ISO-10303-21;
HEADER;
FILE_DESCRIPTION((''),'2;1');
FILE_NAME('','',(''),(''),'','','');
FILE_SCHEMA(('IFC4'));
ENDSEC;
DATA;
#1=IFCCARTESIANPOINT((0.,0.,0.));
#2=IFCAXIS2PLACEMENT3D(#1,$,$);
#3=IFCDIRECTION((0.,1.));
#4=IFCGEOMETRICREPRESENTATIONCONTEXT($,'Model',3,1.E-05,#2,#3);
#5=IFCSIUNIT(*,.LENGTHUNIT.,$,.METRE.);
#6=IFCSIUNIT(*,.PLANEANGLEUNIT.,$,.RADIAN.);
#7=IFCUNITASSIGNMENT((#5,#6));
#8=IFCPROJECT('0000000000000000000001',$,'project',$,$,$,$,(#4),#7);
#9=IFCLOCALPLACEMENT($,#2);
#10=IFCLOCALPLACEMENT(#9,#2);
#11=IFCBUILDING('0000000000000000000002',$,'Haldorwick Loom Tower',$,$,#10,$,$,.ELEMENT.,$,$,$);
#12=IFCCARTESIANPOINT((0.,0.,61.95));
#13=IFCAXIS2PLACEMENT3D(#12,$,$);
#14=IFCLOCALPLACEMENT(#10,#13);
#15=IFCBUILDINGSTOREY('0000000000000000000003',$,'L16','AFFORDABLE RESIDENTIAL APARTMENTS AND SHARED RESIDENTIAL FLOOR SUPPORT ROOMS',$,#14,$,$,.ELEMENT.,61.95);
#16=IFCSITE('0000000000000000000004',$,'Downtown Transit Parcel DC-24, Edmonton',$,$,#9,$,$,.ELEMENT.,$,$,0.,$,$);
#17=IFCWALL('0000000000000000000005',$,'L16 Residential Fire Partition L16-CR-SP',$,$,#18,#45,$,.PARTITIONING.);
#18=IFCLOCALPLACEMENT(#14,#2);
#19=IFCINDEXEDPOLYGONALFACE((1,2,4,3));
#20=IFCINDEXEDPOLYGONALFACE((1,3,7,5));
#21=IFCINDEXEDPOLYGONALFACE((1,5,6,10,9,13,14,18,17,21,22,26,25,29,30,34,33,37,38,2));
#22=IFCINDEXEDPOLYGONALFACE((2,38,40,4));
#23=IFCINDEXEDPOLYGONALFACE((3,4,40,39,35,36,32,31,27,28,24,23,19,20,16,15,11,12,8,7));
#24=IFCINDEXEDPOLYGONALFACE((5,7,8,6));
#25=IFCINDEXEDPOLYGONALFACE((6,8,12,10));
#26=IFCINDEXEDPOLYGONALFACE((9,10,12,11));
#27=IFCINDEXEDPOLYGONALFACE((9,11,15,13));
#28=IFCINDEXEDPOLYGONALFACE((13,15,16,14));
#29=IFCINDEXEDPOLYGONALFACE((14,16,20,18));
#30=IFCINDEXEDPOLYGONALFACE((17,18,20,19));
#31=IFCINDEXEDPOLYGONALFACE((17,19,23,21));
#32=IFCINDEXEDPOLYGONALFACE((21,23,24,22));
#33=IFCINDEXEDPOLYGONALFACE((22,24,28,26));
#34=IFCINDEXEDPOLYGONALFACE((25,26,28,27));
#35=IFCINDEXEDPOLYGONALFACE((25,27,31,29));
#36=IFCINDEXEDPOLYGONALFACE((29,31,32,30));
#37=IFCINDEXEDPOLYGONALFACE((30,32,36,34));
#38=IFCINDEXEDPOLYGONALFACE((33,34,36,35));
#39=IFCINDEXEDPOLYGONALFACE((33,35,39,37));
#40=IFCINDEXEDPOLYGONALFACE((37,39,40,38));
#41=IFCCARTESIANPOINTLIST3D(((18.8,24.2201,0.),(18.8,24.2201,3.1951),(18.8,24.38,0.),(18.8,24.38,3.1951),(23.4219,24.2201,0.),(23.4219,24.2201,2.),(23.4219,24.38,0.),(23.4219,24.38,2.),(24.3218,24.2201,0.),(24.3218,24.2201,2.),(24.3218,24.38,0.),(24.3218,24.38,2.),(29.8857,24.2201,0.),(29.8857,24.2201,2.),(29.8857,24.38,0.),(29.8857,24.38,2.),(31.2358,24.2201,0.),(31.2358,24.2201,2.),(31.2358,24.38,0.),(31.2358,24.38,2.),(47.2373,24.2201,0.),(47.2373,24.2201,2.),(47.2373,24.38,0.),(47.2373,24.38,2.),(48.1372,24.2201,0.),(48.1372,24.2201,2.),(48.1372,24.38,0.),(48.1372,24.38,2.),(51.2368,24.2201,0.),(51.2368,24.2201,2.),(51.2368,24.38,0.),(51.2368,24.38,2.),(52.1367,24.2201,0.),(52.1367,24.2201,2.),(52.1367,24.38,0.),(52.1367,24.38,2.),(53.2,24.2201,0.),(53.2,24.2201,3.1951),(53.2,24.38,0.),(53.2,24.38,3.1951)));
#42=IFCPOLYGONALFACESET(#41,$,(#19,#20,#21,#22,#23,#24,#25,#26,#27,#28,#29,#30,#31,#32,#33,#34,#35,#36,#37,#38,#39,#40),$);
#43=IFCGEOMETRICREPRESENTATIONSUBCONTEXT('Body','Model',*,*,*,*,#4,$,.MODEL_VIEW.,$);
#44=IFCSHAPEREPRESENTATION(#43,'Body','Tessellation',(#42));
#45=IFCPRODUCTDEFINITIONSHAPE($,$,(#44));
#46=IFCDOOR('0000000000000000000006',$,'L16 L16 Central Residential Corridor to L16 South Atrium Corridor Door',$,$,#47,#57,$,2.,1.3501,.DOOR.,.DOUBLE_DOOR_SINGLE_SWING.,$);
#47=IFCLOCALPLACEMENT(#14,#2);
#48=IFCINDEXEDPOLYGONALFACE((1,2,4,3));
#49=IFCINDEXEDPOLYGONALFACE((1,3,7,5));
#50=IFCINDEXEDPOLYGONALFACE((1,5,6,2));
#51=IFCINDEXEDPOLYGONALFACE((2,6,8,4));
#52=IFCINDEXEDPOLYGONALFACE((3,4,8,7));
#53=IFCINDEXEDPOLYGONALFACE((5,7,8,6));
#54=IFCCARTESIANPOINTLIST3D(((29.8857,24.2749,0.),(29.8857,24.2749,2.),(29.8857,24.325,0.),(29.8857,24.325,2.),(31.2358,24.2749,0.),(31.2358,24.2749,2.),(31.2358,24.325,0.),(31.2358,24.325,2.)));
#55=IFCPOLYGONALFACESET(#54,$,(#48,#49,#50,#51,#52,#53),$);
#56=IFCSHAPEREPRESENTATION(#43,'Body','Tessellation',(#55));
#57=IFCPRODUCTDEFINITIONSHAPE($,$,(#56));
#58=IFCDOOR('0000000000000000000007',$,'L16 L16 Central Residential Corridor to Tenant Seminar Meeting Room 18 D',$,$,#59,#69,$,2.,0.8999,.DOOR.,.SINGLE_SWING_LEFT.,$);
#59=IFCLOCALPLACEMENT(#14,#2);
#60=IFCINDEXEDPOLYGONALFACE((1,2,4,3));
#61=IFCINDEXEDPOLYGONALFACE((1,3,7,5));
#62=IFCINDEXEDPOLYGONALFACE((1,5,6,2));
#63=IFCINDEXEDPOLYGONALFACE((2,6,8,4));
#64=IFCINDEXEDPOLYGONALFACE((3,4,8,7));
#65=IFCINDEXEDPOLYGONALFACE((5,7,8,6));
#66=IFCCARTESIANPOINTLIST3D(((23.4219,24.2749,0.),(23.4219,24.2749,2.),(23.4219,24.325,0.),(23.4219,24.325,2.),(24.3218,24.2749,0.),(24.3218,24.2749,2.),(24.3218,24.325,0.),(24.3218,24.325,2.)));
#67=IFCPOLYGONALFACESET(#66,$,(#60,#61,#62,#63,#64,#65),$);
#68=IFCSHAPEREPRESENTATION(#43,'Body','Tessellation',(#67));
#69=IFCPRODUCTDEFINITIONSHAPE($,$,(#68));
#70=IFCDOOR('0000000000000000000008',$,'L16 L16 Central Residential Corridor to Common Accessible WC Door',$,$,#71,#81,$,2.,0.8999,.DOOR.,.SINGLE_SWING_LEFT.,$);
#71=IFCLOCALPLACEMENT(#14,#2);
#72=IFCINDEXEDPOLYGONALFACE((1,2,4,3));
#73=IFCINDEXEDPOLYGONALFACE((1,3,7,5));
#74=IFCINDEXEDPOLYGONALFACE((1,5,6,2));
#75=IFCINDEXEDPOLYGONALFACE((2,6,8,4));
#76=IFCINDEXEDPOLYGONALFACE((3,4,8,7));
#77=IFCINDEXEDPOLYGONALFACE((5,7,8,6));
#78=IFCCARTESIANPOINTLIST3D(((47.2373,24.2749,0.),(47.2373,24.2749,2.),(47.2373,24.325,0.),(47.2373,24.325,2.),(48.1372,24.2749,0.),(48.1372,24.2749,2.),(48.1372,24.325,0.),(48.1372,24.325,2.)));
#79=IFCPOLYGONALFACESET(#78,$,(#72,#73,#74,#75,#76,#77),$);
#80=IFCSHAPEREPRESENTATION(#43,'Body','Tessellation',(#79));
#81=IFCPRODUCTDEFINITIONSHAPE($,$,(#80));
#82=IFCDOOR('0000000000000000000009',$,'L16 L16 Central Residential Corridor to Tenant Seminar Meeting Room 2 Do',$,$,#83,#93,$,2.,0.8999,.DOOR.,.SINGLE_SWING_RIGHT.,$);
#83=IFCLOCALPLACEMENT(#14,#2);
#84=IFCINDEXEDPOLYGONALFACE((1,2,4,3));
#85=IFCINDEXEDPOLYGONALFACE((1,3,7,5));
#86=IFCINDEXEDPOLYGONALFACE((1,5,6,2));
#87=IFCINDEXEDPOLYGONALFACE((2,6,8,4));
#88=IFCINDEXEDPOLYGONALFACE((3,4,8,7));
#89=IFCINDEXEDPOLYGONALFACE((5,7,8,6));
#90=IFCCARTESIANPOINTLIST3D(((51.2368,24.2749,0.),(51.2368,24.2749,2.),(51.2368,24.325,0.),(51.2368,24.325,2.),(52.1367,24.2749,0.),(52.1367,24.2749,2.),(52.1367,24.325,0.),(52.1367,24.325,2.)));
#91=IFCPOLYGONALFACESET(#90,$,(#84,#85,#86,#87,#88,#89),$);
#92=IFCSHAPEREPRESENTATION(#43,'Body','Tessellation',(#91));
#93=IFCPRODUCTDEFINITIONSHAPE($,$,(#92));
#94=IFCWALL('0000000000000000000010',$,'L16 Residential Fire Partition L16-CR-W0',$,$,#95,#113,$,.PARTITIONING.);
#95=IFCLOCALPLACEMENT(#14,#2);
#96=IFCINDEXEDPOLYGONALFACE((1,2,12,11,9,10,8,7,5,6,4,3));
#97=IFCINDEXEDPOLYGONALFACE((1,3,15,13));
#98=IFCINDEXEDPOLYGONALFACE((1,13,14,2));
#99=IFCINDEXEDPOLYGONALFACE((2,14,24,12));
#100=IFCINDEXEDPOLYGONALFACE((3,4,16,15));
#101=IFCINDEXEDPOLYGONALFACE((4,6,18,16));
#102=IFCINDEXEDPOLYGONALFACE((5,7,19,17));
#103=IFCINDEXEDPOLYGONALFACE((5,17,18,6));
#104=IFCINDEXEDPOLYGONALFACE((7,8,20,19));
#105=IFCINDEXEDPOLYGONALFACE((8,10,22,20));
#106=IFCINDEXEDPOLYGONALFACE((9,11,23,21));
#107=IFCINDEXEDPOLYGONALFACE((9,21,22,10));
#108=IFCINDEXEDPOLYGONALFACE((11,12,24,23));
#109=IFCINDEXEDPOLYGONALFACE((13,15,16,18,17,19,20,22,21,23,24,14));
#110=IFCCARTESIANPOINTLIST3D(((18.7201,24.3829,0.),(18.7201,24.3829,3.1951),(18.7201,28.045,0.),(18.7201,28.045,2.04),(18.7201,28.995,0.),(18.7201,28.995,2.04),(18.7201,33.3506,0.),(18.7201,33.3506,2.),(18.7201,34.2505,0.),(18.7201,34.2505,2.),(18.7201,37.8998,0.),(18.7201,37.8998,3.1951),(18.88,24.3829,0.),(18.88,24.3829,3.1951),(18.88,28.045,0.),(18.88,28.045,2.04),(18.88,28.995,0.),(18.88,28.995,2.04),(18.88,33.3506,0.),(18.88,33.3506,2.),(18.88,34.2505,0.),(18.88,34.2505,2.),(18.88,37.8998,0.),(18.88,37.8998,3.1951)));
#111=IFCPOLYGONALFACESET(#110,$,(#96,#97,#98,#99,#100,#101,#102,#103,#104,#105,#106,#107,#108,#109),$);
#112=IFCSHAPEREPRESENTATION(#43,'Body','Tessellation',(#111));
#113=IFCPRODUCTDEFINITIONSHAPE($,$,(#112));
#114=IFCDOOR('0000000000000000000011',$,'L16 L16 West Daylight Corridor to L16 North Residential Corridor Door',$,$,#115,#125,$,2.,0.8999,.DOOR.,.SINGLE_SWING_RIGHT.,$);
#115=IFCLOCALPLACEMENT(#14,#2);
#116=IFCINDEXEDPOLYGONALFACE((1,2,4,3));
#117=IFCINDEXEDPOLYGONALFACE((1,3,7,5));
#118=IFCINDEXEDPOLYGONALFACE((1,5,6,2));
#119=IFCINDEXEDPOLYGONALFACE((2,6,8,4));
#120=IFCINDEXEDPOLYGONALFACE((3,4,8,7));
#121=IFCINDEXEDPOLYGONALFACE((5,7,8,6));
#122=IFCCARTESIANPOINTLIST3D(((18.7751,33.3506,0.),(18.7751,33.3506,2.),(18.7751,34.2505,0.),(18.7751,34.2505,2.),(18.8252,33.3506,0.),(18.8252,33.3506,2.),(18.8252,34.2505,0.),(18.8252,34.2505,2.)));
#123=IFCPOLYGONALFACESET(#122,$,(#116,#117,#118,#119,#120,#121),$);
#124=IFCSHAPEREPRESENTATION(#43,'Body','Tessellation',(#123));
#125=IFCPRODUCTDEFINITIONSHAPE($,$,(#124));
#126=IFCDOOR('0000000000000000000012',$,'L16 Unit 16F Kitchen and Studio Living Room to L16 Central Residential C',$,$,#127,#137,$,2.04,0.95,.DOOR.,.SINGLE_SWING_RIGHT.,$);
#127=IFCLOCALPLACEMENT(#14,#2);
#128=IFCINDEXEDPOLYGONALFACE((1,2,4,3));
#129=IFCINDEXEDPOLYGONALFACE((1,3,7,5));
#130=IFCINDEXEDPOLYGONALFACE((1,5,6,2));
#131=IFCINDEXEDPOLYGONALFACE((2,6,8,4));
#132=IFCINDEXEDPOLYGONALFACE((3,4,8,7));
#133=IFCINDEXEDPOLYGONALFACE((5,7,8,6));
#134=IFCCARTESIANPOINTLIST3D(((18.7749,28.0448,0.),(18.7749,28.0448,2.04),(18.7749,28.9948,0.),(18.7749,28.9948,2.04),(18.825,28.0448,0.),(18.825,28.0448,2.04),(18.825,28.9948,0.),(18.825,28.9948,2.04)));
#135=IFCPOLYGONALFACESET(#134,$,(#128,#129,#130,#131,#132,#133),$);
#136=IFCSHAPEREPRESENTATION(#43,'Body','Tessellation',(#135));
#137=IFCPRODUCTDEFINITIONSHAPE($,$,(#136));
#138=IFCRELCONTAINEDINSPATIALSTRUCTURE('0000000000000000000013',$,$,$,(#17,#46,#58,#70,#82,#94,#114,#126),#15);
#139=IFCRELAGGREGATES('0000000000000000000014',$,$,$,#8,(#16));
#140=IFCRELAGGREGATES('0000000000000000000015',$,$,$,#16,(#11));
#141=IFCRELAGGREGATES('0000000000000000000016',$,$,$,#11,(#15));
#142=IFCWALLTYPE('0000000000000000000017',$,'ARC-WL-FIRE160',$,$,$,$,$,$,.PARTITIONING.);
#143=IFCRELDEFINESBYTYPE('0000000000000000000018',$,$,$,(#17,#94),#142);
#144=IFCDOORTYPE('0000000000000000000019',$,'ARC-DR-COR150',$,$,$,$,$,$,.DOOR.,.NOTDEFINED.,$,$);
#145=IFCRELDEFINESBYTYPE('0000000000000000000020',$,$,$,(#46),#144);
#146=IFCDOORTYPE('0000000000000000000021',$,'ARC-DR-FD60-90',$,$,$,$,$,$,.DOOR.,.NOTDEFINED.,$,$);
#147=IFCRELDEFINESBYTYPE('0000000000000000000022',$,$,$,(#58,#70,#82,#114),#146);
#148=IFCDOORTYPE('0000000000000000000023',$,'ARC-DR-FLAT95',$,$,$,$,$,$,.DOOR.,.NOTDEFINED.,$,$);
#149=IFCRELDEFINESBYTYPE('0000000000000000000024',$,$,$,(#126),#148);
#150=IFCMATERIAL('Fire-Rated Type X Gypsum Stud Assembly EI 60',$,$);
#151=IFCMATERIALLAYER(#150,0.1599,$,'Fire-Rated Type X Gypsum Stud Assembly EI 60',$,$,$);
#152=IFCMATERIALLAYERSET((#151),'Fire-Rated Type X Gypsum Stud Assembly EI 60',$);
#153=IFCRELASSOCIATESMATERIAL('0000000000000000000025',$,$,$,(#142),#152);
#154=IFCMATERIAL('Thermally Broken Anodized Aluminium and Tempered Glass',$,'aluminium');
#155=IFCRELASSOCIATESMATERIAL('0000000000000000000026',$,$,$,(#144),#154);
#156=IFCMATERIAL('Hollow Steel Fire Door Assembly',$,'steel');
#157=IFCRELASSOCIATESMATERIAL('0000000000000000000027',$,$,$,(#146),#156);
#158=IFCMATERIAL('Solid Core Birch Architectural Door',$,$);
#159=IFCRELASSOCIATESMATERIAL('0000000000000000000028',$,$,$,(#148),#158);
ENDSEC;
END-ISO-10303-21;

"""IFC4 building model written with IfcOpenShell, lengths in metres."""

from ifc_helpers import new_model, si_unit, direction, frame, frame_2d, origin, place, context, subcontext, project, spatial, rectangle, extrude, material, layer, layer_set, type_object, element, fill, save


model = new_model("IFC4")

# Units and contexts
model_context = context("Model", 3, precision=1e-05, world=origin(), true_north=direction((0.0, 1.0)))
body_context = subcontext(model_context, "Body", "Model", "MODEL_VIEW")
ifc_project = project(units=[si_unit("LENGTHUNIT", "METRE"), si_unit("PLANEANGLEUNIT", "RADIAN")], contexts=[model_context])

# Site, building, storey
site_placement = place(None, origin())
site = spatial("IfcSite", under=ifc_project, at=site_placement, Name="Downtown Transit Parcel DC-24, Edmonton", CompositionType="ELEMENT", RefElevation=0.0)
building_placement = place(site_placement, origin())
building = spatial("IfcBuilding", under=site, at=building_placement, Name="Haldorwick Loom Tower", CompositionType="ELEMENT")
storey_placement = place(building_placement, frame((0.0, 0.0, 61.95)))
storey = spatial("IfcBuildingStorey", under=building, at=storey_placement, Name="L16", Description="AFFORDABLE RESIDENTIAL APARTMENTS AND SHARED RESIDENTIAL FLOOR SUPPORT ROOMS", CompositionType="ELEMENT", Elevation=61.95)

# Walls, openings, doors
ifc_material_1 = material(Name="Fire-Rated Type X Gypsum Stud Assembly EI 60")
ifc_layer_1 = layer(ifc_material_1, 0.1599, Name="Fire-Rated Type X Gypsum Stud Assembly EI 60")
ifc_layer_set_1 = layer_set([ifc_layer_1], Name="Fire-Rated Type X Gypsum Stud Assembly EI 60")
wall_type_1 = type_object("IfcWallType", Name="ARC-WL-FIRE160", PredefinedType="PARTITIONING", material=ifc_layer_set_1)
wall_1_placement = place(storey_placement, frame((18.8, 24.3, 0.0), z_axis=(0.0, 0.0, 1.0), x_axis=(1.0, 0.0, 0.0)))
wall_1 = element("IfcWall", 1, at=wall_1_placement, inside=storey, type_object=wall_type_1, Name="L16 Residential Fire Partition L16-CR-SP", PredefinedType="PARTITIONING", context=body_context, shape_type="SweptSolid", body=[
    extrude(rectangle(XDim=34.3999, YDim=0.1599, at=frame_2d((17.2, 0.0))), origin(), (0.0, 0.0, 1.0), 3.1951),
])
opening_1_placement = place(wall_1_placement, frame((11.0857, 0.0, 0.0)))
opening_1 = element("IfcOpeningElement", 2, at=opening_1_placement, cuts=wall_1, PredefinedType="OPENING", context=body_context, shape_type="SweptSolid", body=[
    extrude(rectangle(XDim=1.3501, YDim=2.0, at=frame_2d((0.675, 1.0))), frame((0.0, 0.0898, 0.0), z_axis=(0.0, -1.0, 0.0), x_axis=(1.0, 0.0, 0.0)), (0.0, 0.0, 1.0), 0.1799),
])
opening_2_placement = place(wall_1_placement, frame((4.6218, 0.0, 0.0)))
opening_2 = element("IfcOpeningElement", 3, at=opening_2_placement, cuts=wall_1, PredefinedType="OPENING", context=body_context, shape_type="SweptSolid", body=[
    extrude(rectangle(XDim=0.8999, YDim=2.0, at=frame_2d((0.45, 1.0))), frame((0.0, 0.0898, 0.0), z_axis=(0.0, -1.0, 0.0), x_axis=(1.0, 0.0, 0.0)), (0.0, 0.0, 1.0), 0.1799),
])
opening_3_placement = place(wall_1_placement, frame((28.4373, 0.0, 0.0)))
opening_3 = element("IfcOpeningElement", 4, at=opening_3_placement, cuts=wall_1, PredefinedType="OPENING", context=body_context, shape_type="SweptSolid", body=[
    extrude(rectangle(XDim=0.8999, YDim=2.0, at=frame_2d((0.45, 1.0))), frame((0.0, 0.0898, 0.0), z_axis=(0.0, -1.0, 0.0), x_axis=(1.0, 0.0, 0.0)), (0.0, 0.0, 1.0), 0.1799),
])
opening_4_placement = place(wall_1_placement, frame((32.4368, 0.0, 0.0)))
opening_4 = element("IfcOpeningElement", 5, at=opening_4_placement, cuts=wall_1, PredefinedType="OPENING", context=body_context, shape_type="SweptSolid", body=[
    extrude(rectangle(XDim=0.8999, YDim=2.0, at=frame_2d((0.45, 1.0))), frame((0.0, 0.0898, 0.0), z_axis=(0.0, -1.0, 0.0), x_axis=(1.0, 0.0, 0.0)), (0.0, 0.0, 1.0), 0.1799),
])
ifc_material_2 = material(Name="Thermally Broken Anodized Aluminium and Tempered Glass", Category="aluminium")
door_type_1 = type_object("IfcDoorType", Name="ARC-DR-COR150", OperationType="NOTDEFINED", PredefinedType="DOOR", material=ifc_material_2)
door_1_placement = place(opening_1_placement, origin())
door_1 = element("IfcDoor", 6, at=door_1_placement, inside=storey, type_object=door_type_1, Name="L16 L16 Central Residential Corridor to L16 South Atrium Corridor Door", OperationType="DOUBLE_DOOR_SINGLE_SWING", OverallHeight=2.0, OverallWidth=1.3501, PredefinedType="DOOR", context=body_context, shape_type="SweptSolid", body=[
    extrude(rectangle(XDim=1.3501, YDim=2.0, at=frame_2d((0.675, 1.0))), frame((0.0, 0.0249, 0.0), z_axis=(0.0, -1.0, 0.0), x_axis=(1.0, 0.0, 0.0)), (0.0, 0.0, 1.0), 0.05),
])
fill(opening_1, door_1)
ifc_material_3 = material(Name="Hollow Steel Fire Door Assembly", Category="steel")
door_type_2 = type_object("IfcDoorType", Name="ARC-DR-FD60-90", OperationType="NOTDEFINED", PredefinedType="DOOR", material=ifc_material_3)
door_2_placement = place(opening_2_placement, origin())
door_2 = element("IfcDoor", 7, at=door_2_placement, inside=storey, type_object=door_type_2, Name="L16 L16 Central Residential Corridor to Tenant Seminar Meeting Room 18 D", OperationType="SINGLE_SWING_LEFT", OverallHeight=2.0, OverallWidth=0.8999, PredefinedType="DOOR", context=body_context, shape_type="SweptSolid", body=[
    extrude(rectangle(XDim=0.8999, YDim=2.0, at=frame_2d((0.45, 1.0))), frame((0.0, 0.0249, 0.0), z_axis=(0.0, -1.0, 0.0), x_axis=(1.0, 0.0, 0.0)), (0.0, 0.0, 1.0), 0.05),
])
fill(opening_2, door_2)
door_3_placement = place(opening_3_placement, origin())
door_3 = element("IfcDoor", 8, at=door_3_placement, inside=storey, type_object=door_type_2, Name="L16 L16 Central Residential Corridor to Common Accessible WC Door", OperationType="SINGLE_SWING_LEFT", OverallHeight=2.0, OverallWidth=0.8999, PredefinedType="DOOR", context=body_context, shape_type="SweptSolid", body=[
    extrude(rectangle(XDim=0.8999, YDim=2.0, at=frame_2d((0.45, 1.0))), frame((0.0, 0.0249, 0.0), z_axis=(0.0, -1.0, 0.0), x_axis=(1.0, 0.0, 0.0)), (0.0, 0.0, 1.0), 0.05),
])
fill(opening_3, door_3)
door_4_placement = place(opening_4_placement, origin())
door_4 = element("IfcDoor", 9, at=door_4_placement, inside=storey, type_object=door_type_2, Name="L16 L16 Central Residential Corridor to Tenant Seminar Meeting Room 2 Do", OperationType="SINGLE_SWING_RIGHT", OverallHeight=2.0, OverallWidth=0.8999, PredefinedType="DOOR", context=body_context, shape_type="SweptSolid", body=[
    extrude(rectangle(XDim=0.8999, YDim=2.0, at=frame_2d((0.45, 1.0))), frame((0.0, 0.0249, 0.0), z_axis=(0.0, -1.0, 0.0), x_axis=(1.0, 0.0, 0.0)), (0.0, 0.0, 1.0), 0.05),
])
fill(opening_4, door_4)
wall_2_placement = place(storey_placement, frame((18.8, 24.3831, 0.0), z_axis=(0.0, 0.0, 1.0), x_axis=(0.0, 1.0, 0.0)))
wall_2 = element("IfcWall", 10, at=wall_2_placement, inside=storey, type_object=wall_type_1, Name="L16 Residential Fire Partition L16-CR-W0", PredefinedType="PARTITIONING", context=body_context, shape_type="SweptSolid", body=[
    extrude(rectangle(XDim=13.5168, YDim=0.1599, at=frame_2d((6.7583, 0.0))), origin(), (0.0, 0.0, 1.0), 3.1951),
])
opening_5_placement = place(wall_2_placement, frame((8.9675, 0.0, 0.0)))
opening_5 = element("IfcOpeningElement", 11, at=opening_5_placement, cuts=wall_2, PredefinedType="OPENING", context=body_context, shape_type="SweptSolid", body=[
    extrude(rectangle(XDim=0.8999, YDim=2.0, at=frame_2d((0.45, 1.0))), frame((0.0, 0.0898, 0.0), z_axis=(0.0, -1.0, 0.0), x_axis=(1.0, 0.0, 0.0)), (0.0, 0.0, 1.0), 0.1799),
])
opening_6_placement = place(wall_2_placement, frame((3.6619, 0.0, 0.0)))
opening_6 = element("IfcOpeningElement", 12, at=opening_6_placement, cuts=wall_2, PredefinedType="OPENING", context=body_context, shape_type="SweptSolid", body=[
    extrude(rectangle(XDim=0.95, YDim=2.04, at=frame_2d((0.4751, 1.02))), frame((0.0, 0.0898, 0.0), z_axis=(0.0, -1.0, 0.0), x_axis=(1.0, 0.0, 0.0)), (0.0, 0.0, 1.0), 0.1799),
])
door_5_placement = place(opening_5_placement, origin())
door_5 = element("IfcDoor", 13, at=door_5_placement, inside=storey, type_object=door_type_2, Name="L16 L16 West Daylight Corridor to L16 North Residential Corridor Door", OperationType="SINGLE_SWING_RIGHT", OverallHeight=2.0, OverallWidth=0.8999, PredefinedType="DOOR", context=body_context, shape_type="SweptSolid", body=[
    extrude(rectangle(XDim=0.8999, YDim=2.0, at=frame_2d((0.45, 1.0))), frame((0.0, 0.0249, 0.0), z_axis=(0.0, -1.0, 0.0), x_axis=(1.0, 0.0, 0.0)), (0.0, 0.0, 1.0), 0.05),
])
fill(opening_5, door_5)
ifc_material_4 = material(Name="Solid Core Birch Architectural Door")
door_type_3 = type_object("IfcDoorType", Name="ARC-DR-FLAT95", OperationType="NOTDEFINED", PredefinedType="DOOR", material=ifc_material_4)
door_6_placement = place(opening_6_placement, frame((0.95, 0.0, 0.0), z_axis=(0.0, 0.0, 1.0), x_axis=(-1.0, 0.0, 0.0)))
door_6 = element("IfcDoor", 14, at=door_6_placement, inside=storey, type_object=door_type_3, Name="L16 Unit 16F Kitchen and Studio Living Room to L16 Central Residential C", OperationType="SINGLE_SWING_RIGHT", OverallHeight=2.04, OverallWidth=0.95, PredefinedType="DOOR", context=body_context, shape_type="SweptSolid", body=[
    extrude(rectangle(XDim=0.95, YDim=2.04, at=frame_2d((0.4751, 1.02))), frame((0.0, 0.0249, 0.0), z_axis=(0.0, -1.0, 0.0), x_axis=(1.0, 0.0, 0.0)), (0.0, 0.0, 1.0), 0.05),
])
fill(opening_6, door_6)

save(model, "model.ifc")
